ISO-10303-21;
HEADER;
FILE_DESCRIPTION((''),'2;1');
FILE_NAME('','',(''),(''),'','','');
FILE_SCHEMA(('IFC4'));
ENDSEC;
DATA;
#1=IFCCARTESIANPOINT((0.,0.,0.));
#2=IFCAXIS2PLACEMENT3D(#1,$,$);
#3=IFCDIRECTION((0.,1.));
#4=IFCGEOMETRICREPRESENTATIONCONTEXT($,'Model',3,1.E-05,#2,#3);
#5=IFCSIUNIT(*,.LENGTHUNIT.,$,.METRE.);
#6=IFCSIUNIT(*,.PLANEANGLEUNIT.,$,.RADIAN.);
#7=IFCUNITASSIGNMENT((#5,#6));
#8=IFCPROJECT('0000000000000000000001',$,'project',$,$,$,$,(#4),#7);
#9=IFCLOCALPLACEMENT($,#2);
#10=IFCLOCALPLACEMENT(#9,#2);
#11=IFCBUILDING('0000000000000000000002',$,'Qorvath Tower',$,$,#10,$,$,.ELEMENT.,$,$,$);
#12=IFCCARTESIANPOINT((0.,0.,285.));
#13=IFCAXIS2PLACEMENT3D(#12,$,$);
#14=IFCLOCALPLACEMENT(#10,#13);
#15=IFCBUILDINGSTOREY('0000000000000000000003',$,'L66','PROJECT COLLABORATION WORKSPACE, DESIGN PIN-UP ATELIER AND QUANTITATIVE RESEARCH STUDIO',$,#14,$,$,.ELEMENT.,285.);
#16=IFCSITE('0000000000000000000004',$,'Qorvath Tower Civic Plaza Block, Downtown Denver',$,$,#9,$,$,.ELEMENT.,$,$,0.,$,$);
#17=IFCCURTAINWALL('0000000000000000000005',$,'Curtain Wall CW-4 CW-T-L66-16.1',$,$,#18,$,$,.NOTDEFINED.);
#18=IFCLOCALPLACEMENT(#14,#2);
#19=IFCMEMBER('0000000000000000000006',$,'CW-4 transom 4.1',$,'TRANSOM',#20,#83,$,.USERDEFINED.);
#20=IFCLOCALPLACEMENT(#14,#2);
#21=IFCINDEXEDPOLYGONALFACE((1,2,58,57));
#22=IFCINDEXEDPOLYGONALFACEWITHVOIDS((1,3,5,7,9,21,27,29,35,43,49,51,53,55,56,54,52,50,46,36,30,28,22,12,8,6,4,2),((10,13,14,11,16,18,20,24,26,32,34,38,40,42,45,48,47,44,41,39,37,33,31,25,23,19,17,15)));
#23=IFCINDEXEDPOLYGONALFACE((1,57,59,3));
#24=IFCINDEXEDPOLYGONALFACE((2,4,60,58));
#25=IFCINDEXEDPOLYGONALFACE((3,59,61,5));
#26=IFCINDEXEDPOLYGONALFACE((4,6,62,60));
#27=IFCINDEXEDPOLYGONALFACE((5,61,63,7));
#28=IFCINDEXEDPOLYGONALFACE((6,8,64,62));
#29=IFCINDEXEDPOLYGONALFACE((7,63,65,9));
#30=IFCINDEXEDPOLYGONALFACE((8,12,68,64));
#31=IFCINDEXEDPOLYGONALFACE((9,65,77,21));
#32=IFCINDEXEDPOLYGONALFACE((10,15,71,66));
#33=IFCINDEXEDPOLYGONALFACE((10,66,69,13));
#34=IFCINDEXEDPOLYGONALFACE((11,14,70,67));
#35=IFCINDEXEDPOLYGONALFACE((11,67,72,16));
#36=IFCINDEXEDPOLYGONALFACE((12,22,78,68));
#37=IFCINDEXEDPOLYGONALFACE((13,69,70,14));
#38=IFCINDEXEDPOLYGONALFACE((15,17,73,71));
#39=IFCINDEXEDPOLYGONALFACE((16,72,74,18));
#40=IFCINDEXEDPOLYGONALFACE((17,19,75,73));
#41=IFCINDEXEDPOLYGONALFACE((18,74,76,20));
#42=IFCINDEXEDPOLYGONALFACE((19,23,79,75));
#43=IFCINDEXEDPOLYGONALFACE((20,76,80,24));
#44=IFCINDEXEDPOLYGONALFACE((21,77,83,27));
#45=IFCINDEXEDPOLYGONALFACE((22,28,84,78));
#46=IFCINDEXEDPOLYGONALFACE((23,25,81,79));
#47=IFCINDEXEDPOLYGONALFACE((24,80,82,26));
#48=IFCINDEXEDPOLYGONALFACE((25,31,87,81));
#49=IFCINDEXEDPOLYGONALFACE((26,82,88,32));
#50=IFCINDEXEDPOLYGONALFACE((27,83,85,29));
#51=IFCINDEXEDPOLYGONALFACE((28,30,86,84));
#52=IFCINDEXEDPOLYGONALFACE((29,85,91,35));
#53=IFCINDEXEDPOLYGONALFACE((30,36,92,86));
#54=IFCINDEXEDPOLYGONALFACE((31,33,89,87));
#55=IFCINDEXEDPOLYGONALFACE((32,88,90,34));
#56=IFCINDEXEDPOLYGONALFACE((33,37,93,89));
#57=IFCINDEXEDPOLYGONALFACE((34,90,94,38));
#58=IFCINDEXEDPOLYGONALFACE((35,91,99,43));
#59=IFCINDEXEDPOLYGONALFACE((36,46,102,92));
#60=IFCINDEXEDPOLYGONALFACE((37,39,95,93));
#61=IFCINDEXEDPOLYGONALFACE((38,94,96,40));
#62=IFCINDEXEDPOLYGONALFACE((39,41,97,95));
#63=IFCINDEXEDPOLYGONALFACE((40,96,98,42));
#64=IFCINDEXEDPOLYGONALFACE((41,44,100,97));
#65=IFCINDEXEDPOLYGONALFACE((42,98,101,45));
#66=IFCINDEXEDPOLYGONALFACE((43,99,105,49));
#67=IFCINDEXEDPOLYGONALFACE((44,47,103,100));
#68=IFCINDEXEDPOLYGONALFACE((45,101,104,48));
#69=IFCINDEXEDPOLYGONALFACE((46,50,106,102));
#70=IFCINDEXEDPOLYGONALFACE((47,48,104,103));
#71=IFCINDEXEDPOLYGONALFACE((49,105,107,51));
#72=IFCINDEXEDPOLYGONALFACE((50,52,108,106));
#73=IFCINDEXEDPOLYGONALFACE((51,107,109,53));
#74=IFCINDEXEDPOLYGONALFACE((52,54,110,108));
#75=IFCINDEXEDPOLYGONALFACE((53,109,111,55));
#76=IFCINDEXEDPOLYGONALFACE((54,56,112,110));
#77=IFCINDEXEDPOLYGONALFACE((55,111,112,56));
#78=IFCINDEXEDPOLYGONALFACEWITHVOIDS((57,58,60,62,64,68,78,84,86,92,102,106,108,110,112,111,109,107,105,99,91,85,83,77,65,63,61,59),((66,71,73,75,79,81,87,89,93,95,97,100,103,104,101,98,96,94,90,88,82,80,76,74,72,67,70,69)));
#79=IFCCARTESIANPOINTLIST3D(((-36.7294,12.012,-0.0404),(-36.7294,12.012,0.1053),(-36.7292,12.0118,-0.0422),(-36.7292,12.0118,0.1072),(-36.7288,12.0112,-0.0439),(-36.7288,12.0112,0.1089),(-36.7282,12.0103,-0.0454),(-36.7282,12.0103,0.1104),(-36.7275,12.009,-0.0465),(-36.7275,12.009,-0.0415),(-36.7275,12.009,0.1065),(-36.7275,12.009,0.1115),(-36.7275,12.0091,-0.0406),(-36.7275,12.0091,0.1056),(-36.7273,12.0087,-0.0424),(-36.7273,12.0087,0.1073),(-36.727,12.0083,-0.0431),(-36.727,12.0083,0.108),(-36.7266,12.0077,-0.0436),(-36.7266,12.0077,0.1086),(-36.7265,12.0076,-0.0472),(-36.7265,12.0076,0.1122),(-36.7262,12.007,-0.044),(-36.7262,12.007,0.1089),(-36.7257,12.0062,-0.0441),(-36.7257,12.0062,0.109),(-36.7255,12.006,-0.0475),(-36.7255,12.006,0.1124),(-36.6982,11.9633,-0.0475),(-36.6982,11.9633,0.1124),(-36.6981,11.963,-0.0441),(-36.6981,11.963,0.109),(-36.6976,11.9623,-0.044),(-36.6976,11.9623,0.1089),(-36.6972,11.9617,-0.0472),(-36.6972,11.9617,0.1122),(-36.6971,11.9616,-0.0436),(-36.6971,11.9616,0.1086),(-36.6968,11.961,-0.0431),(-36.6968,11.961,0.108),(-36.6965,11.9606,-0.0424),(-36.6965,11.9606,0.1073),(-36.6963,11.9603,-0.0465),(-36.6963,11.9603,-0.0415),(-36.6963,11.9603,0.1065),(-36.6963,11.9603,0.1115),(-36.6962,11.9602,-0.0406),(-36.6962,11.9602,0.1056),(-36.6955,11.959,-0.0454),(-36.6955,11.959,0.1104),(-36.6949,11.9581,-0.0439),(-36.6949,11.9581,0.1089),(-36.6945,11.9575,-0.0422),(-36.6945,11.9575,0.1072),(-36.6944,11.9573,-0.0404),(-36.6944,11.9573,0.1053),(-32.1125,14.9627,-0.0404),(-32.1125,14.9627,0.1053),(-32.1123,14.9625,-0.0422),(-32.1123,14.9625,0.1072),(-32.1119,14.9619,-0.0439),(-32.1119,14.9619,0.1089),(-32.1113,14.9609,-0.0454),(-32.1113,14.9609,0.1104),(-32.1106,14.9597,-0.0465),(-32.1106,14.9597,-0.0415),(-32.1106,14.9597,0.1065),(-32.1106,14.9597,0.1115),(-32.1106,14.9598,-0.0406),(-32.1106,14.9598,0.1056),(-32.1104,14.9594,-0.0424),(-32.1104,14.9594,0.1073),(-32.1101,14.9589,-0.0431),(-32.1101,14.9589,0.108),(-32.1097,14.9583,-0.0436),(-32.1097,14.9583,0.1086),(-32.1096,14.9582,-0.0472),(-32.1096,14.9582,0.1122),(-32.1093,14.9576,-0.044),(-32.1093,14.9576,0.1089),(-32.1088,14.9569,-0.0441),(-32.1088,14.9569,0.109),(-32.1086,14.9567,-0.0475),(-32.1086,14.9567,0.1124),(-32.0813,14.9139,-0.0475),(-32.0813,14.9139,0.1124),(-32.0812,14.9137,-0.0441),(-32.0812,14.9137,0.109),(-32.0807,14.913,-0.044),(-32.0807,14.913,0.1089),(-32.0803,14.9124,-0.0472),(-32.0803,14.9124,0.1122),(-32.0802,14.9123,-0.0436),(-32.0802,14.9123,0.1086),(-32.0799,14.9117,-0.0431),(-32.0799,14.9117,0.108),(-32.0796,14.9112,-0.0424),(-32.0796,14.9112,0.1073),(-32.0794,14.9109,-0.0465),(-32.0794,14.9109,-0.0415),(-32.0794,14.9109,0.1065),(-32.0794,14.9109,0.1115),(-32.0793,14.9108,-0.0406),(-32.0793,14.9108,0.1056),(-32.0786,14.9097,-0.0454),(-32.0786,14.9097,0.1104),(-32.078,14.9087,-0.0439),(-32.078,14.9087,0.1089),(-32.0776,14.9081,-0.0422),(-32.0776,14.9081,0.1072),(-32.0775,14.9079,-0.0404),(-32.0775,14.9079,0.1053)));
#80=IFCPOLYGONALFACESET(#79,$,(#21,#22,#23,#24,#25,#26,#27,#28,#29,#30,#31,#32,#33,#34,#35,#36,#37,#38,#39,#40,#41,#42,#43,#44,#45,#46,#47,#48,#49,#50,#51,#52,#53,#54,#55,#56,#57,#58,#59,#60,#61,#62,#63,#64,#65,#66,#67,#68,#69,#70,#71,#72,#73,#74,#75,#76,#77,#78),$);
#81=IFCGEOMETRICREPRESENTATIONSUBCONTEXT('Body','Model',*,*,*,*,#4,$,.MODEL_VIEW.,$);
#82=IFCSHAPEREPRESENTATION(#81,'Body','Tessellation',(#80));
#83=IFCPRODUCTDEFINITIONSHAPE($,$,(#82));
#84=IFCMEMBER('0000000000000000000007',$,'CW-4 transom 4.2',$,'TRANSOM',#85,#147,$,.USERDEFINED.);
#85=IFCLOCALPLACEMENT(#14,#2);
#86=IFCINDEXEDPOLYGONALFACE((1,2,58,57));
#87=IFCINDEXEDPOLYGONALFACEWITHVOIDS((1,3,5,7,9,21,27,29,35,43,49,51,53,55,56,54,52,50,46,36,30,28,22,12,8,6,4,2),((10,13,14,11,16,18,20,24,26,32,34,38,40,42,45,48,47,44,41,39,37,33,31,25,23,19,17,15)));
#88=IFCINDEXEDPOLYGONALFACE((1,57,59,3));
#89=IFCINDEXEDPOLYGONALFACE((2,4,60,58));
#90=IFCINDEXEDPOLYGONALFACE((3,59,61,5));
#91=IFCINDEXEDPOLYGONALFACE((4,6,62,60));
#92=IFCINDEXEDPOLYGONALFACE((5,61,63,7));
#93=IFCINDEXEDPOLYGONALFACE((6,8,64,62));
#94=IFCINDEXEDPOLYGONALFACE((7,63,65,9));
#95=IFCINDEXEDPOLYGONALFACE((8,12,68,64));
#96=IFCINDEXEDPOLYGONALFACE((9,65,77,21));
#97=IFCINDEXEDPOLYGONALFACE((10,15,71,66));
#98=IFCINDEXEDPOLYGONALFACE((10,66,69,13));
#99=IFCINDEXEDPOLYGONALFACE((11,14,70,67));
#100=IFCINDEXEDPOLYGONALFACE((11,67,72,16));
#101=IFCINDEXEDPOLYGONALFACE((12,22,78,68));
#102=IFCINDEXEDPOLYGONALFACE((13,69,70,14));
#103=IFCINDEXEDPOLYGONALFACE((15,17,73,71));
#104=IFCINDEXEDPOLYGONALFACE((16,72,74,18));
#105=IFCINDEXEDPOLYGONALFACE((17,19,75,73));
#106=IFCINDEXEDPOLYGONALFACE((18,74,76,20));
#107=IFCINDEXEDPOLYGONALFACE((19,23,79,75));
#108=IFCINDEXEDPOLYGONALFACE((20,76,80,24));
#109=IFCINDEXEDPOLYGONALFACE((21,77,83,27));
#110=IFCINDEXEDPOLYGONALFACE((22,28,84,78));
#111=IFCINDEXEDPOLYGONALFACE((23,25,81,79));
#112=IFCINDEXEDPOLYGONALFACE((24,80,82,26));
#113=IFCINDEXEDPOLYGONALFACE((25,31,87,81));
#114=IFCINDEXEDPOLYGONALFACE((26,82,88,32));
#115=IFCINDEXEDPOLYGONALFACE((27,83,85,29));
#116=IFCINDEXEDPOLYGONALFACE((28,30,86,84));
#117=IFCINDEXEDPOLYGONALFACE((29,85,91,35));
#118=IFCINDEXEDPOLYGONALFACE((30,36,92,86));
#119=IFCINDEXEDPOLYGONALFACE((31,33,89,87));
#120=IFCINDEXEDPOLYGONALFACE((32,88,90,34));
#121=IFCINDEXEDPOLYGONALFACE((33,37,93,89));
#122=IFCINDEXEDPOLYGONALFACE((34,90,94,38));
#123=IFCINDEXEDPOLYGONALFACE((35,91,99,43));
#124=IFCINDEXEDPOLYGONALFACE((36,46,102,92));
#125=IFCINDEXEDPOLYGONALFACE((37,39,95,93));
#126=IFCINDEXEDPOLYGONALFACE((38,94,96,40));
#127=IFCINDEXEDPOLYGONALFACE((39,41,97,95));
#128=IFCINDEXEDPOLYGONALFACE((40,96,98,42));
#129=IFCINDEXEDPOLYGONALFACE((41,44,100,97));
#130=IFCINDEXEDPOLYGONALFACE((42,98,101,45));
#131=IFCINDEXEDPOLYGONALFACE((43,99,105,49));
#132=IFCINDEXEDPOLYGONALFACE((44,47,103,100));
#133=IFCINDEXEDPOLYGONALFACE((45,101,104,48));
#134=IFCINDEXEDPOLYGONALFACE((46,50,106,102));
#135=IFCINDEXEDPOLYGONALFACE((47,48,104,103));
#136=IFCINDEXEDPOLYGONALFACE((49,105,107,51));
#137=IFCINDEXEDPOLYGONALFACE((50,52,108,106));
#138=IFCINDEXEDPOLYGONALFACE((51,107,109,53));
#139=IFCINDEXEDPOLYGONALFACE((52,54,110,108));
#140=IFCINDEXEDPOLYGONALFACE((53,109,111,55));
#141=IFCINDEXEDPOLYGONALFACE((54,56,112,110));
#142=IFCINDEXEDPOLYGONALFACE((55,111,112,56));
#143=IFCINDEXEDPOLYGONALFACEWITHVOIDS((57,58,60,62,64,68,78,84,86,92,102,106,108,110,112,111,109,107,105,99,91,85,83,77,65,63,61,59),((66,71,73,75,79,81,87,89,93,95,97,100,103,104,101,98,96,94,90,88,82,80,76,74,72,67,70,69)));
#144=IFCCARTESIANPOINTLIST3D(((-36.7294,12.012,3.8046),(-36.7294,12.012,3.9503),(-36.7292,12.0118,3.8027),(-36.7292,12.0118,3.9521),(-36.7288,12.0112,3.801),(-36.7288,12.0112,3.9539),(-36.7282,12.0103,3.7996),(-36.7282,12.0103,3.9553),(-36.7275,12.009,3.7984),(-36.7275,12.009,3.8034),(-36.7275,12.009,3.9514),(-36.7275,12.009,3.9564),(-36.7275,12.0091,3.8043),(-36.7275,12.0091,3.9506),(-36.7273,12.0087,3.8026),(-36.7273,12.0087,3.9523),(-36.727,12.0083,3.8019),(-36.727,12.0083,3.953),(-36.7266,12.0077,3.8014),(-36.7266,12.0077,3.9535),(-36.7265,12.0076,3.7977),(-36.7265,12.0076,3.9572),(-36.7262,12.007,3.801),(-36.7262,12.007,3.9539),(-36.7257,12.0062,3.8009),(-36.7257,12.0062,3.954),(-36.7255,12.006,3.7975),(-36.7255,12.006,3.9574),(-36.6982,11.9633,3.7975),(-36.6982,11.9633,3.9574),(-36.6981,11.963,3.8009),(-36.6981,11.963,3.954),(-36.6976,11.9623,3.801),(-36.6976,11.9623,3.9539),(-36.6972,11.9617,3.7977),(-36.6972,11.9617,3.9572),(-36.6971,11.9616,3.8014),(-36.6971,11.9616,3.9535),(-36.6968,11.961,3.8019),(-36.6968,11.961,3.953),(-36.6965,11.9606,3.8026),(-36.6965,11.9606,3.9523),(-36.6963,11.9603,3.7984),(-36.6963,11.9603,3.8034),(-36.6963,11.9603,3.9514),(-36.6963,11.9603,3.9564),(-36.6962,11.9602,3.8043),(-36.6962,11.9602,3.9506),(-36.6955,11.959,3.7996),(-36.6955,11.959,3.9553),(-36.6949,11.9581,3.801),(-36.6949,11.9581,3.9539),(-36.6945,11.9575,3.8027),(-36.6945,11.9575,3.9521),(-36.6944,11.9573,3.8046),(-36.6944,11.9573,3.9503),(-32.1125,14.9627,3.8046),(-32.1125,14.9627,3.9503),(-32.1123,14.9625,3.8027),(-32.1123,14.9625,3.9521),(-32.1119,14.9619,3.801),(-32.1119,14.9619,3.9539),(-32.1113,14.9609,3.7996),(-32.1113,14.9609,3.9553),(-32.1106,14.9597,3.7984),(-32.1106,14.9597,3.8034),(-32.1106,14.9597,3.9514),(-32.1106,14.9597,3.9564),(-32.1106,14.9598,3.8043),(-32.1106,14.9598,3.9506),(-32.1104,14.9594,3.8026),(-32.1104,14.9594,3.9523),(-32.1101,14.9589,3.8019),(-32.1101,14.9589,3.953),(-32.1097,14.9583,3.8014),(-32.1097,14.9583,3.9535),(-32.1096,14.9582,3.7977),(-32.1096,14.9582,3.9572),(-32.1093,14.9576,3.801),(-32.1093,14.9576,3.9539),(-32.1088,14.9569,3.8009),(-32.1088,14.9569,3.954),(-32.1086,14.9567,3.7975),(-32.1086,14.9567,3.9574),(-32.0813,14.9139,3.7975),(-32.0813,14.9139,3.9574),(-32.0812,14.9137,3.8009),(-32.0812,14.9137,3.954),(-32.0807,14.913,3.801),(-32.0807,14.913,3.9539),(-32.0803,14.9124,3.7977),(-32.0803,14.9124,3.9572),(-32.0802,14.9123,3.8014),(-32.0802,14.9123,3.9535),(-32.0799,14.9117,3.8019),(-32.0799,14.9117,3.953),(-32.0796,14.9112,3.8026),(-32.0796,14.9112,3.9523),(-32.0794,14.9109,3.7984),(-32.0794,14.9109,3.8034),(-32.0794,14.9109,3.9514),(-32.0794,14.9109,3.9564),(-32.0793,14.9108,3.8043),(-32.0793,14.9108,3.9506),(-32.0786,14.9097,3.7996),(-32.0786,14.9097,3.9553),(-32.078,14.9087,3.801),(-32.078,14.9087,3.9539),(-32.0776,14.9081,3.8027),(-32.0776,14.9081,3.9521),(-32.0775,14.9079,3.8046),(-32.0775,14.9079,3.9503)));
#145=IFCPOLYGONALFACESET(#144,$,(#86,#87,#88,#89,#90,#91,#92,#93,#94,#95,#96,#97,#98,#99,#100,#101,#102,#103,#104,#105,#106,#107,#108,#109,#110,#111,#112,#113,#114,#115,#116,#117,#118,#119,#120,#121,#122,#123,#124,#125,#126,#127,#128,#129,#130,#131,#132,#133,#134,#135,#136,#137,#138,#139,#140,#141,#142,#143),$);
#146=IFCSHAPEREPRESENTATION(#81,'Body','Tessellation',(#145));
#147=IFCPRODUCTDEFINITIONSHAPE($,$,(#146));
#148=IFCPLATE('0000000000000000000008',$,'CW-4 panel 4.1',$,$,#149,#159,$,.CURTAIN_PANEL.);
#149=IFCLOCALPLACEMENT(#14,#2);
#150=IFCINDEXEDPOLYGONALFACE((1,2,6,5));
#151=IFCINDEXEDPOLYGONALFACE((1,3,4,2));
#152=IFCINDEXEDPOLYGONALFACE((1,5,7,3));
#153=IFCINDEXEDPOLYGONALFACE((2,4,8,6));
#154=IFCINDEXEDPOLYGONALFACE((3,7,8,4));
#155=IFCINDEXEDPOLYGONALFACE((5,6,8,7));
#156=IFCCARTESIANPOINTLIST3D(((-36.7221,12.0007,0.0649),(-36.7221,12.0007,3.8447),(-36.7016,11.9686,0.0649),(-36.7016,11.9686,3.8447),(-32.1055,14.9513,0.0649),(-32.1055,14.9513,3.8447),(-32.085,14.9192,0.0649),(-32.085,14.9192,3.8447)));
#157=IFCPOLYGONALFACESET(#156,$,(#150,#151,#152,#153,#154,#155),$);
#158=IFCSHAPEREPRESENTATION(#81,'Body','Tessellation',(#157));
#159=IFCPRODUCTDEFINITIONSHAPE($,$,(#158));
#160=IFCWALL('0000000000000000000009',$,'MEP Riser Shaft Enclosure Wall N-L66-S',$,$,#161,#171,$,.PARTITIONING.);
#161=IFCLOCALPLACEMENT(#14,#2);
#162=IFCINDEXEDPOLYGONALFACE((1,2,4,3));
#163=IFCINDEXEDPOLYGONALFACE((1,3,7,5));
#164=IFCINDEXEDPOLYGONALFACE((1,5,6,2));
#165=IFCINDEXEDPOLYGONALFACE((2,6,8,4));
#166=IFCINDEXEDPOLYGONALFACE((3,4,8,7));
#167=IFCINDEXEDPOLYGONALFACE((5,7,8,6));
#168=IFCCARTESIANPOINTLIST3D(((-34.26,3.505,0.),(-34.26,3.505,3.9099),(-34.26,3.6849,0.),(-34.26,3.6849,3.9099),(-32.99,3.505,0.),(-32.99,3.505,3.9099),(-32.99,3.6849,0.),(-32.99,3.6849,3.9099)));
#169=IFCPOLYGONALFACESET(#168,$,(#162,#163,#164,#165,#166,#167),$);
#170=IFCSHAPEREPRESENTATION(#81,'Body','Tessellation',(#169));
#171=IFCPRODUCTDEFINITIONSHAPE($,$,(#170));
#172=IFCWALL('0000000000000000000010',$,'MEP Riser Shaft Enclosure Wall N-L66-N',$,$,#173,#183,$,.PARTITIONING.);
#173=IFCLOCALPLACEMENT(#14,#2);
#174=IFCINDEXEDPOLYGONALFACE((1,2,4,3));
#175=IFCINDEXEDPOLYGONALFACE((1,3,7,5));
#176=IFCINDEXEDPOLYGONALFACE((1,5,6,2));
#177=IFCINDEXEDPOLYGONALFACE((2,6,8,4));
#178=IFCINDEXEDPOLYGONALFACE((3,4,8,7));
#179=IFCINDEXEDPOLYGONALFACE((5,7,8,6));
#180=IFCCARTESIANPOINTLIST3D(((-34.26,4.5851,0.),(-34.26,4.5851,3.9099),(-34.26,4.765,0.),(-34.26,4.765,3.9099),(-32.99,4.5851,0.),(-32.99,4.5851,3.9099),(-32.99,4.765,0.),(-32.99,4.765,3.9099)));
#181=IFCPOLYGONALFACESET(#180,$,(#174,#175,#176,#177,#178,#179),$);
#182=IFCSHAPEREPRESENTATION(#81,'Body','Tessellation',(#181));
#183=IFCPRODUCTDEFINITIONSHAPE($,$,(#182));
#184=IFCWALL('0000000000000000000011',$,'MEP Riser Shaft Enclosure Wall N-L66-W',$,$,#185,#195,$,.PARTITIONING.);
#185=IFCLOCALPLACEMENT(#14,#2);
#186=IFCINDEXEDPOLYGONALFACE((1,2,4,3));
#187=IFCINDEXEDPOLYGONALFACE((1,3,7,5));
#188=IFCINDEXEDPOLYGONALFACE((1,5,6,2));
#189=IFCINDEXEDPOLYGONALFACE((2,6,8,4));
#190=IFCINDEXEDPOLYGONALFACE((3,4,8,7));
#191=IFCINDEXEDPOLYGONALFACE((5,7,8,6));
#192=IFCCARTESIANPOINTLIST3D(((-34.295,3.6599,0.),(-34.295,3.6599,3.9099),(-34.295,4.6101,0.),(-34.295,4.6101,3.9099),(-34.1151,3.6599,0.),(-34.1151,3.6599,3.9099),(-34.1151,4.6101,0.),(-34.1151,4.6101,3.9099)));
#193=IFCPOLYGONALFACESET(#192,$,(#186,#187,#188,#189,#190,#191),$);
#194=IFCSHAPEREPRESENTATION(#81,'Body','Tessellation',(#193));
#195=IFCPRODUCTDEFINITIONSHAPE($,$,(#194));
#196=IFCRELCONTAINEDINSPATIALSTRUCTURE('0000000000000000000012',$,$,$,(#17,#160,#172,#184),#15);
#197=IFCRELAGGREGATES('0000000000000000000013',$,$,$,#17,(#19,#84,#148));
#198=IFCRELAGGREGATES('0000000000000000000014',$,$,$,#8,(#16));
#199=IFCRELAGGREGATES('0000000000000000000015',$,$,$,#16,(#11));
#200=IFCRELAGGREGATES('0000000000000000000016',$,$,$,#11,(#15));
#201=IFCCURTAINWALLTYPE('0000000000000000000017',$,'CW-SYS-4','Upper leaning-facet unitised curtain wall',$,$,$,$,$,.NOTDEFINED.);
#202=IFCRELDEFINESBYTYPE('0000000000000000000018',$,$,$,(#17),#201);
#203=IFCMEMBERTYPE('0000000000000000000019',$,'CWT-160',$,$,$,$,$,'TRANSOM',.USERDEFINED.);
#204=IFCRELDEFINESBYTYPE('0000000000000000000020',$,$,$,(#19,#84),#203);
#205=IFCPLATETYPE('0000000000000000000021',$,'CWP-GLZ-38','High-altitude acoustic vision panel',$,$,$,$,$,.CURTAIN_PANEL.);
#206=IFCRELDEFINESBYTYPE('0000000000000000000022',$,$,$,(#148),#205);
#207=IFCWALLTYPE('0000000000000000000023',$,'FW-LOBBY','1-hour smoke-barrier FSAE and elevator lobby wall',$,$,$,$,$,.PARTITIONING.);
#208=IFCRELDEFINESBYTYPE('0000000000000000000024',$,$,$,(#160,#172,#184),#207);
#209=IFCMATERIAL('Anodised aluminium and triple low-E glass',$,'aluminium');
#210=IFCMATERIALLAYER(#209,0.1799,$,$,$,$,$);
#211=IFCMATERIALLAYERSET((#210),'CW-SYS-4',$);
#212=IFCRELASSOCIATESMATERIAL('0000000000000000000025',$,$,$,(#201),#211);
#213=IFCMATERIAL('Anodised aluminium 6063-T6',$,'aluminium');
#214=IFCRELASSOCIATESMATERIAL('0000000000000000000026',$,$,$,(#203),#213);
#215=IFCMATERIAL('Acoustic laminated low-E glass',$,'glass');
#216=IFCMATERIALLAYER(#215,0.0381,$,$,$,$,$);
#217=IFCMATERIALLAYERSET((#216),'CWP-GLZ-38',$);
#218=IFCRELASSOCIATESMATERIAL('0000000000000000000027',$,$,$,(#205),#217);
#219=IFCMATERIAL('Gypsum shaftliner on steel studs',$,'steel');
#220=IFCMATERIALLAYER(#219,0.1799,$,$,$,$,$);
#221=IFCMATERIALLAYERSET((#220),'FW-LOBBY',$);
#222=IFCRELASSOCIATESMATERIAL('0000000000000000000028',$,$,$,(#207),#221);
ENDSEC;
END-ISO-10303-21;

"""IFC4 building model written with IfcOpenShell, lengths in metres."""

from ifc_helpers import new_model, si_unit, direction, frame, frame_2d, origin, origin_2d, place, context, subcontext, project, spatial, rectangle, hollow_rectangle, extrude, material, layer, layer_set, material_profile, profile_set, type_object, element, aggregate, save


model = new_model("IFC4")

# Units and contexts
model_context = context("Model", 3, precision=1e-05, world=origin(), true_north=direction((0.0, 1.0)))
body_context = subcontext(model_context, "Body", "Model", "MODEL_VIEW")
ifc_project = project(units=[si_unit("LENGTHUNIT", "METRE"), si_unit("PLANEANGLEUNIT", "RADIAN")], contexts=[model_context])

# Site, building, storey
site_placement = place(None, origin())
site = spatial("IfcSite", under=ifc_project, at=site_placement, Name="Qorvath Tower Civic Plaza Block, Downtown Denver", CompositionType="ELEMENT", RefElevation=0.0)
building_placement = place(site_placement, origin())
building = spatial("IfcBuilding", under=site, at=building_placement, Name="Qorvath Tower", CompositionType="ELEMENT")
storey_placement = place(building_placement, frame((0.0, 0.0, 285.0)))
storey = spatial("IfcBuildingStorey", under=building, at=storey_placement, Name="L66", Description="PROJECT COLLABORATION WORKSPACE, DESIGN PIN-UP ATELIER AND QUANTITATIVE RESEARCH STUDIO", CompositionType="ELEMENT", Elevation=285.0)

# Curtain wall, members, plate
ifc_material_1 = material(Name="Anodised aluminium and triple low-E glass", Category="aluminium")
ifc_layer_1 = layer(ifc_material_1, 0.1799)
ifc_layer_set_1 = layer_set([ifc_layer_1], Name="CW-SYS-4")
curtain_wall_type = type_object("IfcCurtainWallType", Name="CW-SYS-4", Description="Upper leaning-facet unitised curtain wall", PredefinedType="NOTDEFINED", material=ifc_layer_set_1)
curtain_wall_placement = place(storey_placement, origin())
curtain_wall = element("IfcCurtainWall", 1, at=curtain_wall_placement, inside=storey, type_object=curtain_wall_type, Name="Curtain Wall CW-4 CW-T-L66-16.1", PredefinedType="NOTDEFINED")
ifc_material_2 = material(Name="Anodised aluminium 6063-T6", Category="aluminium")
ifc_material_profile_1 = material_profile(ifc_material_2, hollow_rectangle(XDim=0.0649, YDim=0.1599, WallThickness=0.0034, InnerFilletRadius=0.0034, OuterFilletRadius=0.0071, at=origin_2d()), Name="CWT 160x65")
ifc_profile_set_1 = profile_set([ifc_material_profile_1], Name="Anodised aluminium 6063-T6")
member_type_1 = type_object("IfcMemberType", Name="CWT-160", ElementType="TRANSOM", PredefinedType="USERDEFINED", material=ifc_profile_set_1)
member_1_placement = place(storey_placement, frame((-32.095, 14.9353, 0.0325), z_axis=(-0.842616, -0.538515, 0.0), x_axis=(0.538515, -0.842616, 0.0)))
member_1 = element("IfcMember", 2, at=member_1_placement, type_object=member_type_1, Name="CW-4 transom 4.1", ObjectType="TRANSOM", PredefinedType="USERDEFINED", context=body_context, shape_type="SweptSolid", body=[
    extrude(hollow_rectangle(XDim=0.0649, YDim=0.1599, WallThickness=0.0034, InnerFilletRadius=0.0034, OuterFilletRadius=0.0071, at=origin_2d()), origin(), (0.0, 0.0, 1.0), 5.4792),
])
member_2_placement = place(storey_placement, frame((-32.095, 14.9353, 3.8774), z_axis=(-0.842616, -0.538515, 0.0), x_axis=(0.538515, -0.842616, 0.0)))
member_2 = element("IfcMember", 3, at=member_2_placement, type_object=member_type_1, Name="CW-4 transom 4.2", ObjectType="TRANSOM", PredefinedType="USERDEFINED", context=body_context, shape_type="SweptSolid", body=[
    extrude(hollow_rectangle(XDim=0.0649, YDim=0.1599, WallThickness=0.0034, InnerFilletRadius=0.0034, OuterFilletRadius=0.0071, at=origin_2d()), origin(), (0.0, 0.0, 1.0), 5.4792),
])
ifc_material_3 = material(Name="Acoustic laminated low-E glass", Category="glass")
ifc_layer_2 = layer(ifc_material_3, 0.0381)
ifc_layer_set_2 = layer_set([ifc_layer_2], Name="CWP-GLZ-38")
plate_type = type_object("IfcPlateType", Name="CWP-GLZ-38", Description="High-altitude acoustic vision panel", PredefinedType="CURTAIN_PANEL", material=ifc_layer_set_2)
plate_placement = place(storey_placement, frame((-34.4036, 13.46, 0.0649), z_axis=(0.0, 0.0, 1.0), x_axis=(-0.842605, -0.538532, 0.0)))
plate = element("IfcPlate", 4, at=plate_placement, type_object=plate_type, Name="CW-4 panel 4.1", PredefinedType="CURTAIN_PANEL", context=body_context, shape_type="SweptSolid", body=[
    extrude(rectangle(XDim=5.479, YDim=0.0381, at=origin_2d()), origin(), (0.0, 0.0, 1.0), 3.7798),
])
aggregate(curtain_wall, [member_1, member_2, plate])

# Walls
ifc_material_4 = material(Name="Gypsum shaftliner on steel studs", Category="steel")
ifc_layer_3 = layer(ifc_material_4, 0.1799)
ifc_layer_set_3 = layer_set([ifc_layer_3], Name="FW-LOBBY")
wall_type_1 = type_object("IfcWallType", Name="FW-LOBBY", Description="1-hour smoke-barrier FSAE and elevator lobby wall", PredefinedType="PARTITIONING", material=ifc_layer_set_3)
for number, where, z_axis, x_axis, name in (
    (5, (-32.99, 3.595, 0.0), (0.0, 0.0, 1.0), (-1.0, 0.0, 0.0), "MEP Riser Shaft Enclosure Wall N-L66-S"),
    (6, (-34.26, 4.675, 0.0), (0.0, 0.0, 1.0), (1.0, 0.0, 0.0), "MEP Riser Shaft Enclosure Wall N-L66-N"),
):
    element("IfcWall", number, at=place(storey_placement, frame(where, z_axis=z_axis, x_axis=x_axis)), inside=storey, type_object=wall_type_1, Name=name, PredefinedType="PARTITIONING", context=body_context, shape_type="SweptSolid", body=[
        extrude(rectangle(XDim=1.27, YDim=0.1799, at=frame_2d((0.635, 0.0))), origin(), (0.0, 0.0, 1.0), 3.9099),
    ])
for number, where, z_axis, x_axis, name in (
    (7, (-34.2051, 3.6599, 0.0), (0.0, 0.0, 1.0), (0.0, 1.0, 0.0), "MEP Riser Shaft Enclosure Wall N-L66-W"),
):
    element("IfcWall", number, at=place(storey_placement, frame(where, z_axis=z_axis, x_axis=x_axis)), inside=storey, type_object=wall_type_1, Name=name, PredefinedType="PARTITIONING", context=body_context, shape_type="SweptSolid", body=[
        extrude(rectangle(XDim=0.9502, YDim=0.1799, at=frame_2d((0.4751, 0.0))), origin(), (0.0, 0.0, 1.0), 3.9099),
    ])

save(model, "model.ifc")
